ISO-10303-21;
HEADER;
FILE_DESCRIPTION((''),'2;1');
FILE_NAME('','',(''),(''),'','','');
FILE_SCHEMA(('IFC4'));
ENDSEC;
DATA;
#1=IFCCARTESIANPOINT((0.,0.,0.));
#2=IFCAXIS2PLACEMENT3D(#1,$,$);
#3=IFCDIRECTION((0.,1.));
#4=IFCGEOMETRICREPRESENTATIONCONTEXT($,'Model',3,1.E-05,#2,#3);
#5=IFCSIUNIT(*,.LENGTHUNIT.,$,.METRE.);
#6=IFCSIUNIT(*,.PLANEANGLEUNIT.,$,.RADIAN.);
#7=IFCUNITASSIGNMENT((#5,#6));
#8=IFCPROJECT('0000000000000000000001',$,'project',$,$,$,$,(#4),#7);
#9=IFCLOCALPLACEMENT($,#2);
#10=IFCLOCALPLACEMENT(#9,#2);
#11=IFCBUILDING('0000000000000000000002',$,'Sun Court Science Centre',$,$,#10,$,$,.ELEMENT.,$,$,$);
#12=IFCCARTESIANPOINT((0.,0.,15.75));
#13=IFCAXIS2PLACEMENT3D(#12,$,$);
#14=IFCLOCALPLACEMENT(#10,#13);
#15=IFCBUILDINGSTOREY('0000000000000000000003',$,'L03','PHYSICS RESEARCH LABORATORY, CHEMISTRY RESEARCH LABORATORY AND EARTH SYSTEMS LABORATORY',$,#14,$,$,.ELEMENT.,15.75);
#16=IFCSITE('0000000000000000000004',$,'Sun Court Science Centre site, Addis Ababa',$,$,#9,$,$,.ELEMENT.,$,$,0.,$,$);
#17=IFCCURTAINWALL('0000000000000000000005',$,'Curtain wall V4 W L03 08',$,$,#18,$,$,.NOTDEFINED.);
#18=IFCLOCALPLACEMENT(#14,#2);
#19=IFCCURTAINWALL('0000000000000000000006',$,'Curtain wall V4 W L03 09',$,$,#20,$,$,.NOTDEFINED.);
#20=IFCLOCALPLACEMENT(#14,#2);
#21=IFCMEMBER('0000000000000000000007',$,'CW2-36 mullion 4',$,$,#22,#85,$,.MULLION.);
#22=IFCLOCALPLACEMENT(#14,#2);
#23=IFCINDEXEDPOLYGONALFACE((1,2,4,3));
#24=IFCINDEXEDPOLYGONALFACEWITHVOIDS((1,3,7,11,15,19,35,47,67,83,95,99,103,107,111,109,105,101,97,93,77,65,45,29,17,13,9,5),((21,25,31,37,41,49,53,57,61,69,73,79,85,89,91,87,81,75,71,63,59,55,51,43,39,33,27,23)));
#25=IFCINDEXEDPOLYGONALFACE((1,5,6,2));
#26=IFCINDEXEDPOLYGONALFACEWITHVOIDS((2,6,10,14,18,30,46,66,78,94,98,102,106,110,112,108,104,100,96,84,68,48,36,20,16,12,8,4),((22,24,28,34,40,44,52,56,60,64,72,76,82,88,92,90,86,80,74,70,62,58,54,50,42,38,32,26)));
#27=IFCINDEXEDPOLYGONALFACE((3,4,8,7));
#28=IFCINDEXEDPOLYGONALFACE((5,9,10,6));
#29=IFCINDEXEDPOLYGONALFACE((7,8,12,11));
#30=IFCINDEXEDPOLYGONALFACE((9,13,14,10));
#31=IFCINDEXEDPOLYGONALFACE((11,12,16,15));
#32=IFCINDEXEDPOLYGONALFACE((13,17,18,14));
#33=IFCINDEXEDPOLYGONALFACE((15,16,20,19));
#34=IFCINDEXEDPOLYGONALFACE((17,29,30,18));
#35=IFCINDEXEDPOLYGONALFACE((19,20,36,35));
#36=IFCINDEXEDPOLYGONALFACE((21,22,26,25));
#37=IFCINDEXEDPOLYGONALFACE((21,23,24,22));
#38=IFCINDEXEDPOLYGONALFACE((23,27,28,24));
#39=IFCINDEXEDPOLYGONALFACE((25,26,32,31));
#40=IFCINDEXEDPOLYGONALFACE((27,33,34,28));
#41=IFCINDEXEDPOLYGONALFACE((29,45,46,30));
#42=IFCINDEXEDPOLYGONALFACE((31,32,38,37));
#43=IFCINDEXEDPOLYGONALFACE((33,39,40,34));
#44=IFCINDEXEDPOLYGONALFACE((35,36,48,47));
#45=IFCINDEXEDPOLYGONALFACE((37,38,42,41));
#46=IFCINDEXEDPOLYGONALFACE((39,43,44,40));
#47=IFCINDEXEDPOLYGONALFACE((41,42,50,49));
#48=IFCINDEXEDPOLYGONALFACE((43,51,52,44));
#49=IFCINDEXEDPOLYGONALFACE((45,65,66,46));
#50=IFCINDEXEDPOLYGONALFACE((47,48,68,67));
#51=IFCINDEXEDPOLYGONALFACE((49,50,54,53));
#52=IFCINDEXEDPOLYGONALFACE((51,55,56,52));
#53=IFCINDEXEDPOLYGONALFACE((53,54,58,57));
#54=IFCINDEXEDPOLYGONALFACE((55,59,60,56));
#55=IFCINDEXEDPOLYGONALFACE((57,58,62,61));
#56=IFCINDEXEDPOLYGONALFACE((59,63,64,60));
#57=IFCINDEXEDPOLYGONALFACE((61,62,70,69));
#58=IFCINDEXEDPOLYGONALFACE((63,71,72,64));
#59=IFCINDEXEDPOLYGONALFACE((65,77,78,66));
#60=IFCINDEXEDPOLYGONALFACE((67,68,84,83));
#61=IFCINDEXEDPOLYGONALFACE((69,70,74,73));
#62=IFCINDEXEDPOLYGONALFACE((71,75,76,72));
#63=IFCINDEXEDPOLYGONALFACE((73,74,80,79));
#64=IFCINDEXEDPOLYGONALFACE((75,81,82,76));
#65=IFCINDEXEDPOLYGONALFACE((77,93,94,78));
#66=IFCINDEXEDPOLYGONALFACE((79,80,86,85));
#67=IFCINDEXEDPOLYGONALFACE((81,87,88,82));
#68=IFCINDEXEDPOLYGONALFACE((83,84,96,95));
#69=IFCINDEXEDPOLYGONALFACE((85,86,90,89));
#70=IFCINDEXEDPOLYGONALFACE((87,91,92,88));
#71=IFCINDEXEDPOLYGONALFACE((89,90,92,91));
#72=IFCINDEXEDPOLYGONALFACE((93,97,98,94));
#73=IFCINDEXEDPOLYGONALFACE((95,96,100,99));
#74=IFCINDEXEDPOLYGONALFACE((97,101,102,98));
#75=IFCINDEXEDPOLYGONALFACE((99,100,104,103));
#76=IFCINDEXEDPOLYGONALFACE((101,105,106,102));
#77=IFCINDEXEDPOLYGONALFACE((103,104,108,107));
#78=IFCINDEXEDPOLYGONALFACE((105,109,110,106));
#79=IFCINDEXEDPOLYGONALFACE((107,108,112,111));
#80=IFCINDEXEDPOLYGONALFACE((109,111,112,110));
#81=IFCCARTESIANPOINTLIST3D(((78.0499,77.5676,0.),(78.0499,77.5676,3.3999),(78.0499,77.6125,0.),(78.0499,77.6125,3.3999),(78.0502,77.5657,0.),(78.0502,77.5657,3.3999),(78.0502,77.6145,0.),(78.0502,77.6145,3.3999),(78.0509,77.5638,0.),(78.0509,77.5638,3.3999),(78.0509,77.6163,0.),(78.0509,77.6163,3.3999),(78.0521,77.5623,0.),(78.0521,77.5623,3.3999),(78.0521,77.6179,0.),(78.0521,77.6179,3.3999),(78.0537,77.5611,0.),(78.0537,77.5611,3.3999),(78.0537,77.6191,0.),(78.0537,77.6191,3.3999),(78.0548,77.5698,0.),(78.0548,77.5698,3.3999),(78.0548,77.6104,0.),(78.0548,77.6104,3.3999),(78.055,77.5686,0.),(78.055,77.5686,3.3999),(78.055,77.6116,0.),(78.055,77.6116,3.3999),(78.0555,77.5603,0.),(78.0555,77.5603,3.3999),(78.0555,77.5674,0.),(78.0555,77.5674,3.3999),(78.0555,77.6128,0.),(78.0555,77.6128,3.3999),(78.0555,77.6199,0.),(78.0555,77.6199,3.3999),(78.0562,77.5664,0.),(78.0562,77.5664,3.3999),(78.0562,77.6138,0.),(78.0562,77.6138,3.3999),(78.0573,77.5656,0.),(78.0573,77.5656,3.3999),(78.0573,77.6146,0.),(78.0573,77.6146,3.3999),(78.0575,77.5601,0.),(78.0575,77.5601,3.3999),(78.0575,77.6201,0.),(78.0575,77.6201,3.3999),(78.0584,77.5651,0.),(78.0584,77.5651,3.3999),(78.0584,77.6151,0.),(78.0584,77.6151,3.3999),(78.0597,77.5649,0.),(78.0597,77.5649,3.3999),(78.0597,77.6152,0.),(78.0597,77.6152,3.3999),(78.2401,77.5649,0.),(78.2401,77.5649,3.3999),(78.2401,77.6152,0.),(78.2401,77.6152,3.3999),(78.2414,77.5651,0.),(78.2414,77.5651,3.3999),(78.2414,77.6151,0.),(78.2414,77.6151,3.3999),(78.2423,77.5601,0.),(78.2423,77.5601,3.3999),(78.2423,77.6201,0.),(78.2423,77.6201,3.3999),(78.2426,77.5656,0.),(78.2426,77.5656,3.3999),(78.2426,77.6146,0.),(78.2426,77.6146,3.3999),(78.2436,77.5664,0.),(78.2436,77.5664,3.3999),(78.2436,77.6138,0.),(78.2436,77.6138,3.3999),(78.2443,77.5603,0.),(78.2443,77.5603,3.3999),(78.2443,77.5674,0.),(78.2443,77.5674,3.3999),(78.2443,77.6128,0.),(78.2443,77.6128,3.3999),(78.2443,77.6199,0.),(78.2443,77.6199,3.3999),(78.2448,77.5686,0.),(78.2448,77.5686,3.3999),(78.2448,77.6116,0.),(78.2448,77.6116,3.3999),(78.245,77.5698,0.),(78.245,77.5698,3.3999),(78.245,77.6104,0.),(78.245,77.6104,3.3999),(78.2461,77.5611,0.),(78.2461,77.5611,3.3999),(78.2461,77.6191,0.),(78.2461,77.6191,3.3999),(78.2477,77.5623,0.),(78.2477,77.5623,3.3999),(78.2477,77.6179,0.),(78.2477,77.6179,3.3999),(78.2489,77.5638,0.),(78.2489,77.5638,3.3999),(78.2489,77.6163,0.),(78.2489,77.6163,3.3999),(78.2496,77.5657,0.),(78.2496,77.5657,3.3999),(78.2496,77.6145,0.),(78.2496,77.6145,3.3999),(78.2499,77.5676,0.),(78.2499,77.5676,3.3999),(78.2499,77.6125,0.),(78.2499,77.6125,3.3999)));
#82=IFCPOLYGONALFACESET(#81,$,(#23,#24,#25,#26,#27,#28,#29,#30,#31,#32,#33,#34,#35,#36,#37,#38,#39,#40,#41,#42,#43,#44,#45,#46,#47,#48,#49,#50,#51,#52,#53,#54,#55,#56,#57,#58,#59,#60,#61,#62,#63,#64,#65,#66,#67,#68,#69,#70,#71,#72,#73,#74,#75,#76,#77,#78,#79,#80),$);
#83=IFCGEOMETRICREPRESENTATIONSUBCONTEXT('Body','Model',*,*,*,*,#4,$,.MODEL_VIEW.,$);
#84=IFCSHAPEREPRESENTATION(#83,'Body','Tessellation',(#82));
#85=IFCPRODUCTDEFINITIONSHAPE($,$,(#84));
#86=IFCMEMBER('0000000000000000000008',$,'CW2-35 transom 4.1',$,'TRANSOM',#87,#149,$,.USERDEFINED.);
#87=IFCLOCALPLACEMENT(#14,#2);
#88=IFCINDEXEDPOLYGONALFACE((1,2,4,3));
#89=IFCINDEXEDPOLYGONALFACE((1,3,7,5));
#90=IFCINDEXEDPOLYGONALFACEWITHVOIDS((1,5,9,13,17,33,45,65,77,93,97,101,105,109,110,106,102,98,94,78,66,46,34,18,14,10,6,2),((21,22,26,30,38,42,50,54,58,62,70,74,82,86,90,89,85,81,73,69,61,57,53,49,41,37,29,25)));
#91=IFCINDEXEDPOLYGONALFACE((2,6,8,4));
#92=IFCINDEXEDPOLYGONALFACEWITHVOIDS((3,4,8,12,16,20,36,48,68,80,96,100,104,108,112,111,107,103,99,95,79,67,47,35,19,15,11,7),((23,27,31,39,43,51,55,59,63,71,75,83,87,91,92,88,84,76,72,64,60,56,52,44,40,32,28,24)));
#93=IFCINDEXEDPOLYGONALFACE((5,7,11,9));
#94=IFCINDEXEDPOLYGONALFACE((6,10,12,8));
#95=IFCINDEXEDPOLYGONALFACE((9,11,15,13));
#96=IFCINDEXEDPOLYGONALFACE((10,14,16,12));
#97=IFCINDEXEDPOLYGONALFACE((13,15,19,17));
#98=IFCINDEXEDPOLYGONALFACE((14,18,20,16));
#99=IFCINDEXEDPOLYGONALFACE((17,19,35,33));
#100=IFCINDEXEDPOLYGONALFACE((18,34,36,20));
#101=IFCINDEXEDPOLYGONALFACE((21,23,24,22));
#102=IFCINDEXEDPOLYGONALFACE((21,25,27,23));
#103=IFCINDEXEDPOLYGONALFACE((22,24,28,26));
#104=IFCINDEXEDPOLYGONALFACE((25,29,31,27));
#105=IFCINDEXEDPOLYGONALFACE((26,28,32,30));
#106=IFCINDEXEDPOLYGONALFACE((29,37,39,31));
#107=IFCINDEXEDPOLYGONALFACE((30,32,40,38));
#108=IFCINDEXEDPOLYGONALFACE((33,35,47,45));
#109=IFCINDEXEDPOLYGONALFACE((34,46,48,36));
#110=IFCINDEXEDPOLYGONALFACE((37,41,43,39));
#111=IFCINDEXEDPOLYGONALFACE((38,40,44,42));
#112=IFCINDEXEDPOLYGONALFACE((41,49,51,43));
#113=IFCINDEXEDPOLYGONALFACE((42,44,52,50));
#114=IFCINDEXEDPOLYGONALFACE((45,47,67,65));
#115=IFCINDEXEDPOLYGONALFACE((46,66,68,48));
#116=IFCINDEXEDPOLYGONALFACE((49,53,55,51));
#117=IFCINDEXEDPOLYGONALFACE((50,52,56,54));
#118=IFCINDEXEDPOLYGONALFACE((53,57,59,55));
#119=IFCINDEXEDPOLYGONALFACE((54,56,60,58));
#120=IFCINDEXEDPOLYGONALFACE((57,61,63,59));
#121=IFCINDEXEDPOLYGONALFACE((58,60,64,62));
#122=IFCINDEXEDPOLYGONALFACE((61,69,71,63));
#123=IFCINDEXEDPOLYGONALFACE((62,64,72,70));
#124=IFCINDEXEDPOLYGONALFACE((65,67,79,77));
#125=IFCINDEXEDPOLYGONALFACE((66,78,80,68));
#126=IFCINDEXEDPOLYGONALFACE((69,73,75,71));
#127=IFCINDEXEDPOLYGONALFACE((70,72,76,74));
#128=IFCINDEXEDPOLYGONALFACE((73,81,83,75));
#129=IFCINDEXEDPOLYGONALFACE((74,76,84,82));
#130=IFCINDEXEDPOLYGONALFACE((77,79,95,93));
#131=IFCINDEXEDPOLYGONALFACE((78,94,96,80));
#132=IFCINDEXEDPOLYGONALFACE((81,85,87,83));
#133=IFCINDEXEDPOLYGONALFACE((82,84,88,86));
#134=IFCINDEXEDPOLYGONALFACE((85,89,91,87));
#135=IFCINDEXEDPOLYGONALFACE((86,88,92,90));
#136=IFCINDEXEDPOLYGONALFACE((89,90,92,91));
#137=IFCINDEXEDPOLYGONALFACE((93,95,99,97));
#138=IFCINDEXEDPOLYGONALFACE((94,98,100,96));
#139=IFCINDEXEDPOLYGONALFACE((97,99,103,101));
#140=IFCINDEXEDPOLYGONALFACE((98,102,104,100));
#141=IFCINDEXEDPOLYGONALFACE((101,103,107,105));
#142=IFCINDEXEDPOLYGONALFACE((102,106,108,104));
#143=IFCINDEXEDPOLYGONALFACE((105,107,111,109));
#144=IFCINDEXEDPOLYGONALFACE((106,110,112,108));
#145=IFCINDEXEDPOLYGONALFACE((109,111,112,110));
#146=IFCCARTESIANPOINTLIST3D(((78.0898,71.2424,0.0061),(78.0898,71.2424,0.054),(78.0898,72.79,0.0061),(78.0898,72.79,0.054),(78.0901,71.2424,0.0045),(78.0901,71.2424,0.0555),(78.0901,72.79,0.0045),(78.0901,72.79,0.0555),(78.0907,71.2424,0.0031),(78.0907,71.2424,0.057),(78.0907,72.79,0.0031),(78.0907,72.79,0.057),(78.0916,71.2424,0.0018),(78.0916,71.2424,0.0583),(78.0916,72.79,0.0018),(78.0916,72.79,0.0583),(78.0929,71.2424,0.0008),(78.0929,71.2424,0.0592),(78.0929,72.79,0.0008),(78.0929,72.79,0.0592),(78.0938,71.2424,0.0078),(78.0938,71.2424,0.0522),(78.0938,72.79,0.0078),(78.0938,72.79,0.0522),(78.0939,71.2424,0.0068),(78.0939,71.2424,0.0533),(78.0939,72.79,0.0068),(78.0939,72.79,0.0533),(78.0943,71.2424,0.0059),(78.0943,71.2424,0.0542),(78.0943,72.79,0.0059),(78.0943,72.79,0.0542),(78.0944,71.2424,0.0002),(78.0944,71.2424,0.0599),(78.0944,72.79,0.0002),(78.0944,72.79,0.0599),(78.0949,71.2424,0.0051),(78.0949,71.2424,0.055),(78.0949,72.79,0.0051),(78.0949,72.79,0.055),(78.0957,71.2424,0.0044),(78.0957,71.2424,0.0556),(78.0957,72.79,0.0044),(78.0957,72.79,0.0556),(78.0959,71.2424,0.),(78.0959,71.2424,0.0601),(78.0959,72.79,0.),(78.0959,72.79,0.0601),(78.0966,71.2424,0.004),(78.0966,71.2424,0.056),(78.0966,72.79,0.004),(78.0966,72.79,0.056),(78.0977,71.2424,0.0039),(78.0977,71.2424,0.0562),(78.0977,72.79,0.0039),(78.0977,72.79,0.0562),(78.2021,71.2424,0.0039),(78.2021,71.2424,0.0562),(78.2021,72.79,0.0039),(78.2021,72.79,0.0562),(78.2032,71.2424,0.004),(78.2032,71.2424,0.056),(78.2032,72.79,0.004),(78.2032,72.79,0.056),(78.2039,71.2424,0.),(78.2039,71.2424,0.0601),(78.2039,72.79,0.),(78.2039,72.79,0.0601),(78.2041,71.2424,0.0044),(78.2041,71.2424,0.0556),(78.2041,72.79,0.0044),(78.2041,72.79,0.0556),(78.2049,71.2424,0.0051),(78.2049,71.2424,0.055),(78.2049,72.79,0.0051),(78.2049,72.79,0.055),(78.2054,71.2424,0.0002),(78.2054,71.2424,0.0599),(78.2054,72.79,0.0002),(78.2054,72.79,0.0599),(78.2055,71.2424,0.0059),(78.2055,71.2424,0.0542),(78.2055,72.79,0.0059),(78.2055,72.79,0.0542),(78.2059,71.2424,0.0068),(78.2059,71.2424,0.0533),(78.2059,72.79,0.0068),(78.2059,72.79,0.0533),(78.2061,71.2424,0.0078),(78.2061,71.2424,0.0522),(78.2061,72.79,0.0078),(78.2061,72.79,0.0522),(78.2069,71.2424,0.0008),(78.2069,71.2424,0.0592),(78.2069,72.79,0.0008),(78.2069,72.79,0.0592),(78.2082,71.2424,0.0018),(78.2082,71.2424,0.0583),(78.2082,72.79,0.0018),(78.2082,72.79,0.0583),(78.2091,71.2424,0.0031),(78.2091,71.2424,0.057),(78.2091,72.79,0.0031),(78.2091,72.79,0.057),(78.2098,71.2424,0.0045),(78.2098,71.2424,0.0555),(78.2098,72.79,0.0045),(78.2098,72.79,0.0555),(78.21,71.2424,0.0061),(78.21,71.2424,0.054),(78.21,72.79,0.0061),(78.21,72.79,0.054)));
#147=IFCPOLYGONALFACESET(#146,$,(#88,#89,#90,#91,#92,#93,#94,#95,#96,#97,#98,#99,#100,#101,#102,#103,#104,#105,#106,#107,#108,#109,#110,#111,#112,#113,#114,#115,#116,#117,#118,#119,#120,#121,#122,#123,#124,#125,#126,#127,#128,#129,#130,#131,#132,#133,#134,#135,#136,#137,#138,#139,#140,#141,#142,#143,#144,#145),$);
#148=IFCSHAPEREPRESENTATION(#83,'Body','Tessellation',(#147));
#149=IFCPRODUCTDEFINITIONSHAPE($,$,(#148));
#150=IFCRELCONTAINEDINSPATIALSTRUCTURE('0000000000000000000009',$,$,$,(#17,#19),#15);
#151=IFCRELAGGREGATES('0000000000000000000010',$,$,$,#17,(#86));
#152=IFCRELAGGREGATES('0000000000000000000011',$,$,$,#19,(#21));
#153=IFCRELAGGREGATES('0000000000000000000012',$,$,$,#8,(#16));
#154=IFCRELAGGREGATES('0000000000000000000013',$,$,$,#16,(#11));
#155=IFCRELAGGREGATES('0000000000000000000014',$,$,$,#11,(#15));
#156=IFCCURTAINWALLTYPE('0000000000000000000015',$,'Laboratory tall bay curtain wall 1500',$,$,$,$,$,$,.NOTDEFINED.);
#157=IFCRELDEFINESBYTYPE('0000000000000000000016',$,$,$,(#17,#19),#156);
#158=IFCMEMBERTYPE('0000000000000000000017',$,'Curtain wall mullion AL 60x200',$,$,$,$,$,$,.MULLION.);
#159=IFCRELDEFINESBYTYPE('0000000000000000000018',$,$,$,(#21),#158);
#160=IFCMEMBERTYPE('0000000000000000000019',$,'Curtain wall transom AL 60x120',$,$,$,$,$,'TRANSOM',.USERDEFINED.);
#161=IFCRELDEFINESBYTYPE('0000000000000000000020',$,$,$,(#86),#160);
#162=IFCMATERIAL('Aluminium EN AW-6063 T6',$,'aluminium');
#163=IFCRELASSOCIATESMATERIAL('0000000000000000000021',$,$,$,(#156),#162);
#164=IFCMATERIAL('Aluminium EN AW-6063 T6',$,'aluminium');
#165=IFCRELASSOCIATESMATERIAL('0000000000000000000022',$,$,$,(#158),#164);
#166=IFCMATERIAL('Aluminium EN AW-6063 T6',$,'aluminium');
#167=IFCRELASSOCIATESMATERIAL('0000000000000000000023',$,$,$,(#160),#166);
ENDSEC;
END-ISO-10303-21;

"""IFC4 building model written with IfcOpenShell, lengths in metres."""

from ifc_helpers import new_model, si_unit, direction, frame, origin, origin_2d, place, context, subcontext, project, spatial, hollow_rectangle, extrude, material, material_profile, profile_set, type_object, element, aggregate, save


model = new_model("IFC4")

# Units and contexts
model_context = context("Model", 3, precision=1e-05, world=origin(), true_north=direction((0.0, 1.0)))
body_context = subcontext(model_context, "Body", "Model", "MODEL_VIEW")
ifc_project = project(units=[si_unit("LENGTHUNIT", "METRE"), si_unit("PLANEANGLEUNIT", "RADIAN")], contexts=[model_context])

# Site, building, storey
site_placement = place(None, origin())
site = spatial("IfcSite", under=ifc_project, at=site_placement, Name="Sun Court Science Centre site, Addis Ababa", CompositionType="ELEMENT", RefElevation=0.0)
building_placement = place(site_placement, origin())
building = spatial("IfcBuilding", under=site, at=building_placement, Name="Sun Court Science Centre", CompositionType="ELEMENT")
storey_placement = place(building_placement, frame((0.0, 0.0, 15.75)))
storey = spatial("IfcBuildingStorey", under=building, at=storey_placement, Name="L03", Description="PHYSICS RESEARCH LABORATORY, CHEMISTRY RESEARCH LABORATORY AND EARTH SYSTEMS LABORATORY", CompositionType="ELEMENT", Elevation=15.75)

# Curtain wall
ifc_material_1 = material(Name="Aluminium EN AW-6063 T6", Category="aluminium")
curtain_wall_type = type_object("IfcCurtainWallType", Name="Laboratory tall bay curtain wall 1500", PredefinedType="NOTDEFINED", material=ifc_material_1)
curtain_wall_1_placement = place(storey_placement, origin())
curtain_wall_1 = element("IfcCurtainWall", 1, at=curtain_wall_1_placement, inside=storey, type_object=curtain_wall_type, Name="Curtain wall V4 W L03 08", PredefinedType="NOTDEFINED")
ifc_material_2 = material(Name="Aluminium EN AW-6063 T6", Category="aluminium")
ifc_material_profile_1 = material_profile(ifc_material_2, hollow_rectangle(XDim=0.0601, YDim=0.2, WallThickness=0.0049, InnerFilletRadius=0.0049, OuterFilletRadius=0.0076, at=origin_2d()), Name="AL 60x200x5")
ifc_profile_set_1 = profile_set([ifc_material_profile_1], Name="Aluminium EN AW-6063 T6")
member_type_1 = type_object("IfcMemberType", Name="Curtain wall mullion AL 60x200", PredefinedType="MULLION", material=ifc_profile_set_1)

# Curtain wall, member
curtain_wall_2_placement = place(storey_placement, origin())
curtain_wall_2 = element("IfcCurtainWall", 2, at=curtain_wall_2_placement, inside=storey, type_object=curtain_wall_type, Name="Curtain wall V4 W L03 09", PredefinedType="NOTDEFINED")
member_1_placement = place(storey_placement, frame((78.1499, 77.5901, 0.0), z_axis=(0.0, 0.0, 1.0), x_axis=(0.0, 1.0, 0.0)))
member_1 = element("IfcMember", 3, at=member_1_placement, type_object=member_type_1, Name="CW2-36 mullion 4", PredefinedType="MULLION", context=body_context, shape_type="SweptSolid", body=[
    extrude(hollow_rectangle(XDim=0.0601, YDim=0.2, WallThickness=0.0049, InnerFilletRadius=0.0049, OuterFilletRadius=0.0076, at=origin_2d()), origin(), (0.0, 0.0, 1.0), 3.3999),
])

# Member
ifc_material_3 = material(Name="Aluminium EN AW-6063 T6", Category="aluminium")
ifc_material_profile_2 = material_profile(ifc_material_3, hollow_rectangle(XDim=0.0601, YDim=0.1201, WallThickness=0.0039, InnerFilletRadius=0.0039, OuterFilletRadius=0.0061, at=origin_2d()), Name="AL 60x120x4")
ifc_profile_set_2 = profile_set([ifc_material_profile_2], Name="Aluminium EN AW-6063 T6")
member_type_2 = type_object("IfcMemberType", Name="Curtain wall transom AL 60x120", ElementType="TRANSOM", PredefinedType="USERDEFINED", material=ifc_profile_set_2)
member_2_placement = place(storey_placement, frame((78.1499, 71.2424, 0.03), z_axis=(0.0, 1.0, 0.0), x_axis=(0.0, 0.0, 1.0)))
member_2 = element("IfcMember", 4, at=member_2_placement, type_object=member_type_2, Name="CW2-35 transom 4.1", ObjectType="TRANSOM", PredefinedType="USERDEFINED", context=body_context, shape_type="SweptSolid", body=[
    extrude(hollow_rectangle(XDim=0.0601, YDim=0.1201, WallThickness=0.0039, InnerFilletRadius=0.0039, OuterFilletRadius=0.0061, at=origin_2d()), origin(), (0.0, 0.0, 1.0), 1.5476),
])

aggregate(curtain_wall_1, [member_2])
aggregate(curtain_wall_2, [member_1])

save(model, "model.ifc")
